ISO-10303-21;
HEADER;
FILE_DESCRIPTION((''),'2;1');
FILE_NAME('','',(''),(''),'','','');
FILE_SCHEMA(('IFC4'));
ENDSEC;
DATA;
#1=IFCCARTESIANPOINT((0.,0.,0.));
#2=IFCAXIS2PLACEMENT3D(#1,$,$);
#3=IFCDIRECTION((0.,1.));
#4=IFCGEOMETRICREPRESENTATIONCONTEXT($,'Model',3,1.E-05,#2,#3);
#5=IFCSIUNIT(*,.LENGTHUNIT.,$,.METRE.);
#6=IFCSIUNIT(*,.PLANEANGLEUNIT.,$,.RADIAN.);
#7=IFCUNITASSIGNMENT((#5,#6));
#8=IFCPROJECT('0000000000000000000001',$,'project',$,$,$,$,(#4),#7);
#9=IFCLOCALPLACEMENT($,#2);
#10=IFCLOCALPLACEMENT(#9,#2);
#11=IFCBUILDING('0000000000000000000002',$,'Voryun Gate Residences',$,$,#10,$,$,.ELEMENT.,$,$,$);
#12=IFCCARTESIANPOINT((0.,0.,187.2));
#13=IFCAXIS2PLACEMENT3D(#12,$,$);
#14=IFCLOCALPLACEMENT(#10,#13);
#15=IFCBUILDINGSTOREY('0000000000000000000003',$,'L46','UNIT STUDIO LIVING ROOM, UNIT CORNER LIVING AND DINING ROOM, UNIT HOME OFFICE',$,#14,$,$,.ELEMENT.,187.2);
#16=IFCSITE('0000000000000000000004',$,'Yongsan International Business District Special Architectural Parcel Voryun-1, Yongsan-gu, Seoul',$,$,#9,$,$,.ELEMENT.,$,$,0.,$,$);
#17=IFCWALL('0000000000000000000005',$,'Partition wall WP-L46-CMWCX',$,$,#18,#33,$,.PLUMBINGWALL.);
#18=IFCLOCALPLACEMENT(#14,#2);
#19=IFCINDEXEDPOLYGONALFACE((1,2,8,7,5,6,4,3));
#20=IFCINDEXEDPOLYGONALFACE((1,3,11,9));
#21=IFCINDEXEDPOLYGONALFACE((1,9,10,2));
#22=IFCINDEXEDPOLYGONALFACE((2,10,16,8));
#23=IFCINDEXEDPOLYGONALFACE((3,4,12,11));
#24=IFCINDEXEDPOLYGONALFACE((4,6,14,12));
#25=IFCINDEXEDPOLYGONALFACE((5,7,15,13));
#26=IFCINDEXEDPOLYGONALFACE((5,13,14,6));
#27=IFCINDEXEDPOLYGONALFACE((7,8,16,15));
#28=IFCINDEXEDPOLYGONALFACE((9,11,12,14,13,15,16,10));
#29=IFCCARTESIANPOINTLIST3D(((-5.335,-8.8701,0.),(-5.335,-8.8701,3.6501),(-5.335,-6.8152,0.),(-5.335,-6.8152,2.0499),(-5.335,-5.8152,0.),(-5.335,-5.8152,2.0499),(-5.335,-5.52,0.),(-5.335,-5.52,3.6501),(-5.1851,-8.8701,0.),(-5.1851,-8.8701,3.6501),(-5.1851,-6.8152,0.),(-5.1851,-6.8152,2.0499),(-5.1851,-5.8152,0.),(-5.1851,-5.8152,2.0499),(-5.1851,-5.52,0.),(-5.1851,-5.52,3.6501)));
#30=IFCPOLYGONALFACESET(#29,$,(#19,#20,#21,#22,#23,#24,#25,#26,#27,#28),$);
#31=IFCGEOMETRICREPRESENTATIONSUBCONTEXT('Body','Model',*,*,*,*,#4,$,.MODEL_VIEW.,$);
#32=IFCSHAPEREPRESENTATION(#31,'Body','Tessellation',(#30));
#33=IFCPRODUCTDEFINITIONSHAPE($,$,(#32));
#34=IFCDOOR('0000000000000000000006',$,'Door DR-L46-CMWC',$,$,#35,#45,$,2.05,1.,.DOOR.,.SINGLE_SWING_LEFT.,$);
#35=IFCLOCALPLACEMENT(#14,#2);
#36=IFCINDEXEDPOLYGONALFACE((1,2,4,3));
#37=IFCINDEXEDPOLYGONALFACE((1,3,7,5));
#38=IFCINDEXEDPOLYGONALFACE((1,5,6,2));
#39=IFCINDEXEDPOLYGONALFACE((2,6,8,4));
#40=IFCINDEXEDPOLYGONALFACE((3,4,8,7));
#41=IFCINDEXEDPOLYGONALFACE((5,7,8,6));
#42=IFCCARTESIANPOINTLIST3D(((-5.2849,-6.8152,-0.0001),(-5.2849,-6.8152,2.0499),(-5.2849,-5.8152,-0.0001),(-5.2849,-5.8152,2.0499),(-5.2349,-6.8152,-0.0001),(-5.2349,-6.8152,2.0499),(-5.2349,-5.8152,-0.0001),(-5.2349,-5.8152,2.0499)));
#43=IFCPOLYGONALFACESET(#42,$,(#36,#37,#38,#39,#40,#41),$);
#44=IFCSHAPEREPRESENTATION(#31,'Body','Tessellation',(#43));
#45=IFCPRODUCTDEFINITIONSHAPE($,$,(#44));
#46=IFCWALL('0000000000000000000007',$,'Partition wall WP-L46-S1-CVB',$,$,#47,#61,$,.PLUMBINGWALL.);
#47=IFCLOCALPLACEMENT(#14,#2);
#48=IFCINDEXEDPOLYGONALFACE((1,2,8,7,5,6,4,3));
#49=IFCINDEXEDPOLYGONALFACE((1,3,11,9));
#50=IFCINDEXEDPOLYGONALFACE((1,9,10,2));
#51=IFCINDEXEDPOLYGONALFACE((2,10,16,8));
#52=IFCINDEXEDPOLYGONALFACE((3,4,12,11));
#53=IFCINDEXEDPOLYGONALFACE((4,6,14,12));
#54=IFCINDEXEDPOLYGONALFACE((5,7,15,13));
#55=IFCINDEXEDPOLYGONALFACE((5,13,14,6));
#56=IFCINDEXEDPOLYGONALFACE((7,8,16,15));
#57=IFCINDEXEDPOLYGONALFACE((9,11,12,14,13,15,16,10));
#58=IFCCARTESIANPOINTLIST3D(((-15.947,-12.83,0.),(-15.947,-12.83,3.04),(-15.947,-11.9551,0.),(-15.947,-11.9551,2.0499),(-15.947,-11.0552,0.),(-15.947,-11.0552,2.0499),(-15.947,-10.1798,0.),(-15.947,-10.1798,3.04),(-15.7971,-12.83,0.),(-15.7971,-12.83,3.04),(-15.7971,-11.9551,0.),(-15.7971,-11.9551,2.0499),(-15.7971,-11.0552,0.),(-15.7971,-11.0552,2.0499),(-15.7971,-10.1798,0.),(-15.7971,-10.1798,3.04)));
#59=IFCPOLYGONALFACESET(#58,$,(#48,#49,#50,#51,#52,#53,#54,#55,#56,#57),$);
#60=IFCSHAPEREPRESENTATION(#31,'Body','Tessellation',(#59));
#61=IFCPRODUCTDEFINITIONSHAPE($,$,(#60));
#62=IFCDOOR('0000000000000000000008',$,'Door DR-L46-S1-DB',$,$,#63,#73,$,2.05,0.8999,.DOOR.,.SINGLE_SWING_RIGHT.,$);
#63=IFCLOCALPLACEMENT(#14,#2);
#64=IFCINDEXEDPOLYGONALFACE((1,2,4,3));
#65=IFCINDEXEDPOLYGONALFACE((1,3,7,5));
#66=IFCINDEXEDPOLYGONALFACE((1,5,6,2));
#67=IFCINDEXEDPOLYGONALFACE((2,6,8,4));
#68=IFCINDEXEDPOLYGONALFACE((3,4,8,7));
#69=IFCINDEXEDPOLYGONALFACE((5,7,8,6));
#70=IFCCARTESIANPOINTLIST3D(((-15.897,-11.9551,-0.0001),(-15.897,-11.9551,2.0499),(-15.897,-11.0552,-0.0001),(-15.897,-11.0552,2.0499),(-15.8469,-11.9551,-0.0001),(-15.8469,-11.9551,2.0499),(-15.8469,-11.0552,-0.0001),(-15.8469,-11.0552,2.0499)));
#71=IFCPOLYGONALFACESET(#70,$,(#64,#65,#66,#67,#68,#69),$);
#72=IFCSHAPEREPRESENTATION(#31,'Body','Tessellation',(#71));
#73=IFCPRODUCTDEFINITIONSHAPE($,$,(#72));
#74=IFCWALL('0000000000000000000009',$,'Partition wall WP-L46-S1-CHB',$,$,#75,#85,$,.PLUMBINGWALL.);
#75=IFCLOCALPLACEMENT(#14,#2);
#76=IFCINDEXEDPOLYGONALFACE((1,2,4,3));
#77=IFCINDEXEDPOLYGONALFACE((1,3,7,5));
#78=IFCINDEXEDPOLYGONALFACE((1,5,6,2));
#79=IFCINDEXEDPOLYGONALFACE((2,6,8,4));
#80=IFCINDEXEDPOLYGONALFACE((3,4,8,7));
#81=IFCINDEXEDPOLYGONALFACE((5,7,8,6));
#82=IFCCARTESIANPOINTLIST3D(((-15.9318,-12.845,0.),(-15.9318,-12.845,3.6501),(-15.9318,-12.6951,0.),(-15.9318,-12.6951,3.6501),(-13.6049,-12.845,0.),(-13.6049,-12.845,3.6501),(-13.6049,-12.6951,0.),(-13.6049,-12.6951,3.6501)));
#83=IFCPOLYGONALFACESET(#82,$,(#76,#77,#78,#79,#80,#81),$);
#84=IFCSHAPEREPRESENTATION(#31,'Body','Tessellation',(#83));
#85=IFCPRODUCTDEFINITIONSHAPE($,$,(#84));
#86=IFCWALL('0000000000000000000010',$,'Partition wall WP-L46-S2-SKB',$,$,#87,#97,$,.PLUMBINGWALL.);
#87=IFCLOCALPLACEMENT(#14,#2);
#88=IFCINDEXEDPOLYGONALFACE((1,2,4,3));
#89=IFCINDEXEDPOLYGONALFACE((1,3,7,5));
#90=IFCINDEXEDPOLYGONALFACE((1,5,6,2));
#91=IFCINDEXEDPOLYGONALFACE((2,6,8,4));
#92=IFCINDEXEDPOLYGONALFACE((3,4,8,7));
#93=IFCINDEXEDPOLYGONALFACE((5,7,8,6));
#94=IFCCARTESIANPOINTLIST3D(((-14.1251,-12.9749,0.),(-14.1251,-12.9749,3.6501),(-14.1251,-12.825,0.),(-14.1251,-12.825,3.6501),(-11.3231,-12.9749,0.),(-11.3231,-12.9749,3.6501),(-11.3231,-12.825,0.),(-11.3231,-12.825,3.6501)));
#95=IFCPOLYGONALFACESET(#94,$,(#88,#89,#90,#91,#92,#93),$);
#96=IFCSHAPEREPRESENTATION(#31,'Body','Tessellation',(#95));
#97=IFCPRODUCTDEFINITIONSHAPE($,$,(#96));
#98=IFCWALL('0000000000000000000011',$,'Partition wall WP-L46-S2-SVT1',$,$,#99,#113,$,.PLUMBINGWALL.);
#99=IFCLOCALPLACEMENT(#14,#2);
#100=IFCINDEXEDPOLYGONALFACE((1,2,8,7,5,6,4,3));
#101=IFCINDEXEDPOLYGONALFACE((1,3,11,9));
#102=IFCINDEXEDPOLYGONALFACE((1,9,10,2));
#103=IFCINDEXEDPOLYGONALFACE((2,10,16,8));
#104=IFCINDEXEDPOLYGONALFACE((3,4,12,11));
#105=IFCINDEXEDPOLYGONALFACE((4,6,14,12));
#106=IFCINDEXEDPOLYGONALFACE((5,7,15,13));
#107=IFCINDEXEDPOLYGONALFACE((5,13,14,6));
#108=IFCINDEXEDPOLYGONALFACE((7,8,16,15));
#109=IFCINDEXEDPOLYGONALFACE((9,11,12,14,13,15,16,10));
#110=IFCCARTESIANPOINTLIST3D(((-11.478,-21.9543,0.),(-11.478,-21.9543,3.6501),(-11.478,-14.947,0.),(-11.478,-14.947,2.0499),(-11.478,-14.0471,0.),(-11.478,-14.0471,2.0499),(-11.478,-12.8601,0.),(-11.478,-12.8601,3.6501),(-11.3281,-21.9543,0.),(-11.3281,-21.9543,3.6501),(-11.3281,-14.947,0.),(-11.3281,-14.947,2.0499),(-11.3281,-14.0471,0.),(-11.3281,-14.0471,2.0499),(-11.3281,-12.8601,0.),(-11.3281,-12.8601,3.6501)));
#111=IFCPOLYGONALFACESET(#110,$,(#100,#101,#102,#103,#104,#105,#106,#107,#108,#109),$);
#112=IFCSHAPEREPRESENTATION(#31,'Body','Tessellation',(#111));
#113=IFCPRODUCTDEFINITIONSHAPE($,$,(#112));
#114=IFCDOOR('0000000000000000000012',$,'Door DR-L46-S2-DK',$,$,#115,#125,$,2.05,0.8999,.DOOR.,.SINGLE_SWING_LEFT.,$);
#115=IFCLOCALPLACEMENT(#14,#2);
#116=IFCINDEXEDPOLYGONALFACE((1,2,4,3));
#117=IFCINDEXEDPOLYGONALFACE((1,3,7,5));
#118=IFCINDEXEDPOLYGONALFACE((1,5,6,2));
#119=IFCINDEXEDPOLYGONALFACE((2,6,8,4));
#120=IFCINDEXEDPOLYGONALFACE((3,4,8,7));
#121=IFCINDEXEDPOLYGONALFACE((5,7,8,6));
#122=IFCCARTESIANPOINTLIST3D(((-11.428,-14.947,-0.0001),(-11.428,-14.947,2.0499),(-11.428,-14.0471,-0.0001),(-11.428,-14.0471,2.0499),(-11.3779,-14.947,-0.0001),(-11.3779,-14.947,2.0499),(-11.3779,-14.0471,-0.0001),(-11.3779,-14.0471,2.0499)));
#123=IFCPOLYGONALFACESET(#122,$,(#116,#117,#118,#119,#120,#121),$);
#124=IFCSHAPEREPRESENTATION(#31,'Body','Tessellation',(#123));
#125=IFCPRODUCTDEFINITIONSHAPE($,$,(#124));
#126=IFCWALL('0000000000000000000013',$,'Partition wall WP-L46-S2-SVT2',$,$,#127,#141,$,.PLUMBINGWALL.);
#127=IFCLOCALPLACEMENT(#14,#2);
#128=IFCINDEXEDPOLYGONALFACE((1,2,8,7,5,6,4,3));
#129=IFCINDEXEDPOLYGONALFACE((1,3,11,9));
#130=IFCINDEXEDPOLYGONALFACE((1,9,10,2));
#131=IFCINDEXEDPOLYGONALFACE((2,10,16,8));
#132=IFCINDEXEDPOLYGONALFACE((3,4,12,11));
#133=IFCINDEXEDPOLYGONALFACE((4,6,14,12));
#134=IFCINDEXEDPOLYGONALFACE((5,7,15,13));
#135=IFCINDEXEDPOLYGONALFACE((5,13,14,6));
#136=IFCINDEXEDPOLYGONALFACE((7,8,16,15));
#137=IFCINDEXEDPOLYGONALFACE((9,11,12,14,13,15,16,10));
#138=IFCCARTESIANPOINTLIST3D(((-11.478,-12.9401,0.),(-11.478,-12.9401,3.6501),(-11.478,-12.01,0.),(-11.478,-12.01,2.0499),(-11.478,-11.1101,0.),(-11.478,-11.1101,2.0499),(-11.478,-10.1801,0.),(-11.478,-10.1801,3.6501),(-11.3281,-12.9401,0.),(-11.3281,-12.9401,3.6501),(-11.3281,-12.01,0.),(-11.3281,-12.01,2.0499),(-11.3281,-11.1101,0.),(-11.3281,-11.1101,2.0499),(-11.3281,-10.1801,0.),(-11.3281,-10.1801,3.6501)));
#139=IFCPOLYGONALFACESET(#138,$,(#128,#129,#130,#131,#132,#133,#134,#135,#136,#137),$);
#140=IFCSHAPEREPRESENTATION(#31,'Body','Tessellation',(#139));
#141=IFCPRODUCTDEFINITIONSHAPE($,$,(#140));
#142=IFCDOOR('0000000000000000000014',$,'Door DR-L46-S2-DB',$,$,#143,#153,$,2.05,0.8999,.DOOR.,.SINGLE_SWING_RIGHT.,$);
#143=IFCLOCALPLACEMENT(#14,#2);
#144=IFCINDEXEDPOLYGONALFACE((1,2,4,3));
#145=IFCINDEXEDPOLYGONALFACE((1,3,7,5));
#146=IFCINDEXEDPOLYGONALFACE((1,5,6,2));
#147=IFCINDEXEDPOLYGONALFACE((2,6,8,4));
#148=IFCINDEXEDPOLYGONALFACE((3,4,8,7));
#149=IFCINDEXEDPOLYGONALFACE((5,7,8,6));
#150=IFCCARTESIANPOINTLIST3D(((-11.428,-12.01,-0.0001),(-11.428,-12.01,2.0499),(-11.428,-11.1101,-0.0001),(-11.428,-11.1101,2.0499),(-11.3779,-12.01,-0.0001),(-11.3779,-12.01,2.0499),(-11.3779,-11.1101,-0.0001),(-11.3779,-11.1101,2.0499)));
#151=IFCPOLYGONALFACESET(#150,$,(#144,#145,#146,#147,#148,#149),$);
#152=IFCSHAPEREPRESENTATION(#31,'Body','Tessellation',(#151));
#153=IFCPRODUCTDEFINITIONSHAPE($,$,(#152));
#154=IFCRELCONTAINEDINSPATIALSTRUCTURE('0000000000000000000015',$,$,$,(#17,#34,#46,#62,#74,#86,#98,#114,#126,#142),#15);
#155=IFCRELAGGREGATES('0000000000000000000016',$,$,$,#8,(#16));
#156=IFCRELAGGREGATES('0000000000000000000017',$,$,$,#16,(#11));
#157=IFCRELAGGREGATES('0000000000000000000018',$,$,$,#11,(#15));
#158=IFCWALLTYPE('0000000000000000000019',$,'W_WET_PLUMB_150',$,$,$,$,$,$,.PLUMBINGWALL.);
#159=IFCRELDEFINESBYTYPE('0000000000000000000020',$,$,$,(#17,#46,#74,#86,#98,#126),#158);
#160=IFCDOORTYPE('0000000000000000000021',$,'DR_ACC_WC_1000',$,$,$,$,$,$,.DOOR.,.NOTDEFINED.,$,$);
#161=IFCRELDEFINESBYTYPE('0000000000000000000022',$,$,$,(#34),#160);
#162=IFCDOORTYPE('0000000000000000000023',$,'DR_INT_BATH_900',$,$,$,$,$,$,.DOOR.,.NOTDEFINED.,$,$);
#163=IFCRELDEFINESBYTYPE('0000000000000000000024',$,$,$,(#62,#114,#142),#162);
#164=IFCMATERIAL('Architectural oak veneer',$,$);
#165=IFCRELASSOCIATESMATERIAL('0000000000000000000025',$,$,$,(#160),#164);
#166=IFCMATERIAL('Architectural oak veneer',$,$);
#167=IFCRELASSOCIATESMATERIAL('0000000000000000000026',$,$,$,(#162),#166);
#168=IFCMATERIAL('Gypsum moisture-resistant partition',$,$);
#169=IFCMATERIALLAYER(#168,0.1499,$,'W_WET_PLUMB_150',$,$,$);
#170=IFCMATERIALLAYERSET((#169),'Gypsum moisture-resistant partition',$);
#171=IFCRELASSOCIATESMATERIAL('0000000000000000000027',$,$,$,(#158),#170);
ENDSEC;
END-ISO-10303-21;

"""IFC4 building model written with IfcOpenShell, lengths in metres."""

from ifc_helpers import new_model, si_unit, direction, frame, frame_2d, origin, place, context, subcontext, project, spatial, rectangle, extrude, material, layer, layer_set, type_object, element, fill, save


model = new_model("IFC4")

# Units and contexts
model_context = context("Model", 3, precision=1e-05, world=origin(), true_north=direction((0.0, 1.0)))
body_context = subcontext(model_context, "Body", "Model", "MODEL_VIEW")
ifc_project = project(units=[si_unit("LENGTHUNIT", "METRE"), si_unit("PLANEANGLEUNIT", "RADIAN")], contexts=[model_context])

# Site, building, storey
site_placement = place(None, origin())
site = spatial("IfcSite", under=ifc_project, at=site_placement, Name="Yongsan International Business District Special Architectural Parcel Voryun-1, Yongsan-gu, Seoul", CompositionType="ELEMENT", RefElevation=0.0)
building_placement = place(site_placement, origin())
building = spatial("IfcBuilding", under=site, at=building_placement, Name="Voryun Gate Residences", CompositionType="ELEMENT")
storey_placement = place(building_placement, frame((0.0, 0.0, 187.2)))
storey = spatial("IfcBuildingStorey", under=building, at=storey_placement, Name="L46", Description="UNIT STUDIO LIVING ROOM, UNIT CORNER LIVING AND DINING ROOM, UNIT HOME OFFICE", CompositionType="ELEMENT", Elevation=187.2)

# Shared definitions
ifc_material_1 = material(Name="Architectural oak veneer")
door_type_1 = type_object("IfcDoorType", Name="DR_ACC_WC_1000", OperationType="NOTDEFINED", PredefinedType="DOOR", material=ifc_material_1)
ifc_material_2 = material(Name="Architectural oak veneer")
door_type_2 = type_object("IfcDoorType", Name="DR_INT_BATH_900", OperationType="NOTDEFINED", PredefinedType="DOOR", material=ifc_material_2)

# Walls, openings, doors
ifc_material_3 = material(Name="Gypsum moisture-resistant partition")
ifc_layer_1 = layer(ifc_material_3, 0.1499, Name="W_WET_PLUMB_150")
ifc_layer_set_1 = layer_set([ifc_layer_1], Name="Gypsum moisture-resistant partition")
wall_type_1 = type_object("IfcWallType", Name="W_WET_PLUMB_150", PredefinedType="PLUMBINGWALL", material=ifc_layer_set_1)
wall_1_placement = place(storey_placement, frame((-5.26, -8.8701, 0.0), z_axis=(0.0, 0.0, 1.0), x_axis=(0.0, 1.0, 0.0)))
wall_1 = element("IfcWall", 1, at=wall_1_placement, inside=storey, type_object=wall_type_1, Name="Partition wall WP-L46-CMWCX", PredefinedType="PLUMBINGWALL", context=body_context, shape_type="SweptSolid", body=[
    extrude(rectangle(XDim=3.3501, YDim=0.1499, at=frame_2d((1.675, 0.0))), origin(), (0.0, 0.0, 1.0), 3.6501),
])
opening_1_placement = place(wall_1_placement, frame((2.0549, 0.0, 0.0)))
opening_1 = element("IfcOpeningElement", 2, at=opening_1_placement, cuts=wall_1, PredefinedType="OPENING", context=body_context, shape_type="SweptSolid", body=[
    extrude(rectangle(XDim=1.0, YDim=2.05, at=frame_2d((0.5, 1.0249))), frame((0.0, 0.085, 0.0), z_axis=(0.0, -1.0, 0.0), x_axis=(1.0, 0.0, 0.0)), (0.0, 0.0, 1.0), 0.1699),
])
door_1_placement = place(opening_1_placement, origin())
door_1 = element("IfcDoor", 3, at=door_1_placement, inside=storey, type_object=door_type_1, Name="Door DR-L46-CMWC", OperationType="SINGLE_SWING_LEFT", OverallHeight=2.05, OverallWidth=1.0, PredefinedType="DOOR", context=body_context, shape_type="SweptSolid", body=[
    extrude(rectangle(XDim=1.0, YDim=2.05, at=frame_2d((0.5, 1.0249))), frame((0.0, 0.0249, 0.0), z_axis=(0.0, -1.0, 0.0), x_axis=(1.0, 0.0, 0.0)), (0.0, 0.0, 1.0), 0.05),
])
fill(opening_1, door_1)
wall_2_placement = place(storey_placement, frame((-15.8721, -12.8301, 0.0), z_axis=(0.0, 0.0, 1.0), x_axis=(0.0, 1.0, 0.0)))
wall_2 = element("IfcWall", 4, at=wall_2_placement, inside=storey, type_object=wall_type_1, Name="Partition wall WP-L46-S1-CVB", PredefinedType="PLUMBINGWALL", context=body_context, shape_type="SweptSolid", body=[
    extrude(rectangle(XDim=2.6501, YDim=0.1499, at=frame_2d((1.3252, 0.0))), origin(), (0.0, 0.0, 1.0), 3.04),
])
opening_2_placement = place(wall_2_placement, frame((0.875, 0.0, 0.0)))
opening_2 = element("IfcOpeningElement", 5, at=opening_2_placement, cuts=wall_2, PredefinedType="OPENING", context=body_context, shape_type="SweptSolid", body=[
    extrude(rectangle(XDim=0.8999, YDim=2.05, at=frame_2d((0.45, 1.0249))), frame((0.0, 0.085, 0.0), z_axis=(0.0, -1.0, 0.0), x_axis=(1.0, 0.0, 0.0)), (0.0, 0.0, 1.0), 0.1699),
])
door_2_placement = place(opening_2_placement, origin())
door_2 = element("IfcDoor", 6, at=door_2_placement, inside=storey, type_object=door_type_2, Name="Door DR-L46-S1-DB", OperationType="SINGLE_SWING_RIGHT", OverallHeight=2.05, OverallWidth=0.8999, PredefinedType="DOOR", context=body_context, shape_type="SweptSolid", body=[
    extrude(rectangle(XDim=0.8999, YDim=2.05, at=frame_2d((0.45, 1.0249))), frame((0.0, 0.0249, 0.0), z_axis=(0.0, -1.0, 0.0), x_axis=(1.0, 0.0, 0.0)), (0.0, 0.0, 1.0), 0.05),
])
fill(opening_2, door_2)

# Walls
wall_3_placement = place(storey_placement, frame((-15.9319, -12.77, 0.0), z_axis=(0.0, 0.0, 1.0), x_axis=(1.0, 0.0, 0.0)))
element("IfcWall", 7, at=wall_3_placement, inside=storey, type_object=wall_type_1, Name="Partition wall WP-L46-S1-CHB", PredefinedType="PLUMBINGWALL", context=body_context, shape_type="SweptSolid", body=[
    extrude(rectangle(XDim=2.3269, YDim=0.1499, at=frame_2d((1.1636, 0.0))), origin(), (0.0, 0.0, 1.0), 3.6501),
])
wall_4_placement = place(storey_placement, frame((-14.125, -12.8999, 0.0), z_axis=(0.0, 0.0, 1.0), x_axis=(1.0, 0.0, 0.0)))
element("IfcWall", 8, at=wall_4_placement, inside=storey, type_object=wall_type_1, Name="Partition wall WP-L46-S2-SKB", PredefinedType="PLUMBINGWALL", context=body_context, shape_type="SweptSolid", body=[
    extrude(rectangle(XDim=2.802, YDim=0.1499, at=frame_2d((1.4009, 0.0))), origin(), (0.0, 0.0, 1.0), 3.6501),
])

# Walls, openings, doors
wall_5_placement = place(storey_placement, frame((-11.4031, -21.9543, 0.0), z_axis=(0.0, 0.0, 1.0), x_axis=(0.0, 1.0, 0.0)))
wall_5 = element("IfcWall", 9, at=wall_5_placement, inside=storey, type_object=wall_type_1, Name="Partition wall WP-L46-S2-SVT1", PredefinedType="PLUMBINGWALL", context=body_context, shape_type="SweptSolid", body=[
    extrude(rectangle(XDim=9.0942, YDim=0.1499, at=frame_2d((4.5471, 0.0))), origin(), (0.0, 0.0, 1.0), 3.6501),
])
opening_3_placement = place(wall_5_placement, frame((7.0073, 0.0, 0.0)))
opening_3 = element("IfcOpeningElement", 10, at=opening_3_placement, cuts=wall_5, PredefinedType="OPENING", context=body_context, shape_type="SweptSolid", body=[
    extrude(rectangle(XDim=0.8999, YDim=2.05, at=frame_2d((0.45, 1.0249))), frame((0.0, 0.085, 0.0), z_axis=(0.0, -1.0, 0.0), x_axis=(1.0, 0.0, 0.0)), (0.0, 0.0, 1.0), 0.1699),
])
door_3_placement = place(opening_3_placement, origin())
door_3 = element("IfcDoor", 11, at=door_3_placement, inside=storey, type_object=door_type_2, Name="Door DR-L46-S2-DK", OperationType="SINGLE_SWING_LEFT", OverallHeight=2.05, OverallWidth=0.8999, PredefinedType="DOOR", context=body_context, shape_type="SweptSolid", body=[
    extrude(rectangle(XDim=0.8999, YDim=2.05, at=frame_2d((0.45, 1.0249))), frame((0.0, 0.0249, 0.0), z_axis=(0.0, -1.0, 0.0), x_axis=(1.0, 0.0, 0.0)), (0.0, 0.0, 1.0), 0.05),
])
fill(opening_3, door_3)
wall_6_placement = place(storey_placement, frame((-11.4031, -12.9399, 0.0), z_axis=(0.0, 0.0, 1.0), x_axis=(0.0, 1.0, 0.0)))
wall_6 = element("IfcWall", 12, at=wall_6_placement, inside=storey, type_object=wall_type_1, Name="Partition wall WP-L46-S2-SVT2", PredefinedType="PLUMBINGWALL", context=body_context, shape_type="SweptSolid", body=[
    extrude(rectangle(XDim=2.76, YDim=0.1499, at=frame_2d((1.3799, 0.0))), origin(), (0.0, 0.0, 1.0), 3.6501),
])
opening_4_placement = place(wall_6_placement, frame((0.9299, 0.0, 0.0)))
opening_4 = element("IfcOpeningElement", 13, at=opening_4_placement, cuts=wall_6, PredefinedType="OPENING", context=body_context, shape_type="SweptSolid", body=[
    extrude(rectangle(XDim=0.8999, YDim=2.05, at=frame_2d((0.45, 1.0249))), frame((0.0, 0.085, 0.0), z_axis=(0.0, -1.0, 0.0), x_axis=(1.0, 0.0, 0.0)), (0.0, 0.0, 1.0), 0.1699),
])
door_4_placement = place(opening_4_placement, origin())
door_4 = element("IfcDoor", 14, at=door_4_placement, inside=storey, type_object=door_type_2, Name="Door DR-L46-S2-DB", OperationType="SINGLE_SWING_RIGHT", OverallHeight=2.05, OverallWidth=0.8999, PredefinedType="DOOR", context=body_context, shape_type="SweptSolid", body=[
    extrude(rectangle(XDim=0.8999, YDim=2.05, at=frame_2d((0.45, 1.0249))), frame((0.0, 0.0249, 0.0), z_axis=(0.0, -1.0, 0.0), x_axis=(1.0, 0.0, 0.0)), (0.0, 0.0, 1.0), 0.05),
])
fill(opening_4, door_4)

save(model, "model.ifc")
